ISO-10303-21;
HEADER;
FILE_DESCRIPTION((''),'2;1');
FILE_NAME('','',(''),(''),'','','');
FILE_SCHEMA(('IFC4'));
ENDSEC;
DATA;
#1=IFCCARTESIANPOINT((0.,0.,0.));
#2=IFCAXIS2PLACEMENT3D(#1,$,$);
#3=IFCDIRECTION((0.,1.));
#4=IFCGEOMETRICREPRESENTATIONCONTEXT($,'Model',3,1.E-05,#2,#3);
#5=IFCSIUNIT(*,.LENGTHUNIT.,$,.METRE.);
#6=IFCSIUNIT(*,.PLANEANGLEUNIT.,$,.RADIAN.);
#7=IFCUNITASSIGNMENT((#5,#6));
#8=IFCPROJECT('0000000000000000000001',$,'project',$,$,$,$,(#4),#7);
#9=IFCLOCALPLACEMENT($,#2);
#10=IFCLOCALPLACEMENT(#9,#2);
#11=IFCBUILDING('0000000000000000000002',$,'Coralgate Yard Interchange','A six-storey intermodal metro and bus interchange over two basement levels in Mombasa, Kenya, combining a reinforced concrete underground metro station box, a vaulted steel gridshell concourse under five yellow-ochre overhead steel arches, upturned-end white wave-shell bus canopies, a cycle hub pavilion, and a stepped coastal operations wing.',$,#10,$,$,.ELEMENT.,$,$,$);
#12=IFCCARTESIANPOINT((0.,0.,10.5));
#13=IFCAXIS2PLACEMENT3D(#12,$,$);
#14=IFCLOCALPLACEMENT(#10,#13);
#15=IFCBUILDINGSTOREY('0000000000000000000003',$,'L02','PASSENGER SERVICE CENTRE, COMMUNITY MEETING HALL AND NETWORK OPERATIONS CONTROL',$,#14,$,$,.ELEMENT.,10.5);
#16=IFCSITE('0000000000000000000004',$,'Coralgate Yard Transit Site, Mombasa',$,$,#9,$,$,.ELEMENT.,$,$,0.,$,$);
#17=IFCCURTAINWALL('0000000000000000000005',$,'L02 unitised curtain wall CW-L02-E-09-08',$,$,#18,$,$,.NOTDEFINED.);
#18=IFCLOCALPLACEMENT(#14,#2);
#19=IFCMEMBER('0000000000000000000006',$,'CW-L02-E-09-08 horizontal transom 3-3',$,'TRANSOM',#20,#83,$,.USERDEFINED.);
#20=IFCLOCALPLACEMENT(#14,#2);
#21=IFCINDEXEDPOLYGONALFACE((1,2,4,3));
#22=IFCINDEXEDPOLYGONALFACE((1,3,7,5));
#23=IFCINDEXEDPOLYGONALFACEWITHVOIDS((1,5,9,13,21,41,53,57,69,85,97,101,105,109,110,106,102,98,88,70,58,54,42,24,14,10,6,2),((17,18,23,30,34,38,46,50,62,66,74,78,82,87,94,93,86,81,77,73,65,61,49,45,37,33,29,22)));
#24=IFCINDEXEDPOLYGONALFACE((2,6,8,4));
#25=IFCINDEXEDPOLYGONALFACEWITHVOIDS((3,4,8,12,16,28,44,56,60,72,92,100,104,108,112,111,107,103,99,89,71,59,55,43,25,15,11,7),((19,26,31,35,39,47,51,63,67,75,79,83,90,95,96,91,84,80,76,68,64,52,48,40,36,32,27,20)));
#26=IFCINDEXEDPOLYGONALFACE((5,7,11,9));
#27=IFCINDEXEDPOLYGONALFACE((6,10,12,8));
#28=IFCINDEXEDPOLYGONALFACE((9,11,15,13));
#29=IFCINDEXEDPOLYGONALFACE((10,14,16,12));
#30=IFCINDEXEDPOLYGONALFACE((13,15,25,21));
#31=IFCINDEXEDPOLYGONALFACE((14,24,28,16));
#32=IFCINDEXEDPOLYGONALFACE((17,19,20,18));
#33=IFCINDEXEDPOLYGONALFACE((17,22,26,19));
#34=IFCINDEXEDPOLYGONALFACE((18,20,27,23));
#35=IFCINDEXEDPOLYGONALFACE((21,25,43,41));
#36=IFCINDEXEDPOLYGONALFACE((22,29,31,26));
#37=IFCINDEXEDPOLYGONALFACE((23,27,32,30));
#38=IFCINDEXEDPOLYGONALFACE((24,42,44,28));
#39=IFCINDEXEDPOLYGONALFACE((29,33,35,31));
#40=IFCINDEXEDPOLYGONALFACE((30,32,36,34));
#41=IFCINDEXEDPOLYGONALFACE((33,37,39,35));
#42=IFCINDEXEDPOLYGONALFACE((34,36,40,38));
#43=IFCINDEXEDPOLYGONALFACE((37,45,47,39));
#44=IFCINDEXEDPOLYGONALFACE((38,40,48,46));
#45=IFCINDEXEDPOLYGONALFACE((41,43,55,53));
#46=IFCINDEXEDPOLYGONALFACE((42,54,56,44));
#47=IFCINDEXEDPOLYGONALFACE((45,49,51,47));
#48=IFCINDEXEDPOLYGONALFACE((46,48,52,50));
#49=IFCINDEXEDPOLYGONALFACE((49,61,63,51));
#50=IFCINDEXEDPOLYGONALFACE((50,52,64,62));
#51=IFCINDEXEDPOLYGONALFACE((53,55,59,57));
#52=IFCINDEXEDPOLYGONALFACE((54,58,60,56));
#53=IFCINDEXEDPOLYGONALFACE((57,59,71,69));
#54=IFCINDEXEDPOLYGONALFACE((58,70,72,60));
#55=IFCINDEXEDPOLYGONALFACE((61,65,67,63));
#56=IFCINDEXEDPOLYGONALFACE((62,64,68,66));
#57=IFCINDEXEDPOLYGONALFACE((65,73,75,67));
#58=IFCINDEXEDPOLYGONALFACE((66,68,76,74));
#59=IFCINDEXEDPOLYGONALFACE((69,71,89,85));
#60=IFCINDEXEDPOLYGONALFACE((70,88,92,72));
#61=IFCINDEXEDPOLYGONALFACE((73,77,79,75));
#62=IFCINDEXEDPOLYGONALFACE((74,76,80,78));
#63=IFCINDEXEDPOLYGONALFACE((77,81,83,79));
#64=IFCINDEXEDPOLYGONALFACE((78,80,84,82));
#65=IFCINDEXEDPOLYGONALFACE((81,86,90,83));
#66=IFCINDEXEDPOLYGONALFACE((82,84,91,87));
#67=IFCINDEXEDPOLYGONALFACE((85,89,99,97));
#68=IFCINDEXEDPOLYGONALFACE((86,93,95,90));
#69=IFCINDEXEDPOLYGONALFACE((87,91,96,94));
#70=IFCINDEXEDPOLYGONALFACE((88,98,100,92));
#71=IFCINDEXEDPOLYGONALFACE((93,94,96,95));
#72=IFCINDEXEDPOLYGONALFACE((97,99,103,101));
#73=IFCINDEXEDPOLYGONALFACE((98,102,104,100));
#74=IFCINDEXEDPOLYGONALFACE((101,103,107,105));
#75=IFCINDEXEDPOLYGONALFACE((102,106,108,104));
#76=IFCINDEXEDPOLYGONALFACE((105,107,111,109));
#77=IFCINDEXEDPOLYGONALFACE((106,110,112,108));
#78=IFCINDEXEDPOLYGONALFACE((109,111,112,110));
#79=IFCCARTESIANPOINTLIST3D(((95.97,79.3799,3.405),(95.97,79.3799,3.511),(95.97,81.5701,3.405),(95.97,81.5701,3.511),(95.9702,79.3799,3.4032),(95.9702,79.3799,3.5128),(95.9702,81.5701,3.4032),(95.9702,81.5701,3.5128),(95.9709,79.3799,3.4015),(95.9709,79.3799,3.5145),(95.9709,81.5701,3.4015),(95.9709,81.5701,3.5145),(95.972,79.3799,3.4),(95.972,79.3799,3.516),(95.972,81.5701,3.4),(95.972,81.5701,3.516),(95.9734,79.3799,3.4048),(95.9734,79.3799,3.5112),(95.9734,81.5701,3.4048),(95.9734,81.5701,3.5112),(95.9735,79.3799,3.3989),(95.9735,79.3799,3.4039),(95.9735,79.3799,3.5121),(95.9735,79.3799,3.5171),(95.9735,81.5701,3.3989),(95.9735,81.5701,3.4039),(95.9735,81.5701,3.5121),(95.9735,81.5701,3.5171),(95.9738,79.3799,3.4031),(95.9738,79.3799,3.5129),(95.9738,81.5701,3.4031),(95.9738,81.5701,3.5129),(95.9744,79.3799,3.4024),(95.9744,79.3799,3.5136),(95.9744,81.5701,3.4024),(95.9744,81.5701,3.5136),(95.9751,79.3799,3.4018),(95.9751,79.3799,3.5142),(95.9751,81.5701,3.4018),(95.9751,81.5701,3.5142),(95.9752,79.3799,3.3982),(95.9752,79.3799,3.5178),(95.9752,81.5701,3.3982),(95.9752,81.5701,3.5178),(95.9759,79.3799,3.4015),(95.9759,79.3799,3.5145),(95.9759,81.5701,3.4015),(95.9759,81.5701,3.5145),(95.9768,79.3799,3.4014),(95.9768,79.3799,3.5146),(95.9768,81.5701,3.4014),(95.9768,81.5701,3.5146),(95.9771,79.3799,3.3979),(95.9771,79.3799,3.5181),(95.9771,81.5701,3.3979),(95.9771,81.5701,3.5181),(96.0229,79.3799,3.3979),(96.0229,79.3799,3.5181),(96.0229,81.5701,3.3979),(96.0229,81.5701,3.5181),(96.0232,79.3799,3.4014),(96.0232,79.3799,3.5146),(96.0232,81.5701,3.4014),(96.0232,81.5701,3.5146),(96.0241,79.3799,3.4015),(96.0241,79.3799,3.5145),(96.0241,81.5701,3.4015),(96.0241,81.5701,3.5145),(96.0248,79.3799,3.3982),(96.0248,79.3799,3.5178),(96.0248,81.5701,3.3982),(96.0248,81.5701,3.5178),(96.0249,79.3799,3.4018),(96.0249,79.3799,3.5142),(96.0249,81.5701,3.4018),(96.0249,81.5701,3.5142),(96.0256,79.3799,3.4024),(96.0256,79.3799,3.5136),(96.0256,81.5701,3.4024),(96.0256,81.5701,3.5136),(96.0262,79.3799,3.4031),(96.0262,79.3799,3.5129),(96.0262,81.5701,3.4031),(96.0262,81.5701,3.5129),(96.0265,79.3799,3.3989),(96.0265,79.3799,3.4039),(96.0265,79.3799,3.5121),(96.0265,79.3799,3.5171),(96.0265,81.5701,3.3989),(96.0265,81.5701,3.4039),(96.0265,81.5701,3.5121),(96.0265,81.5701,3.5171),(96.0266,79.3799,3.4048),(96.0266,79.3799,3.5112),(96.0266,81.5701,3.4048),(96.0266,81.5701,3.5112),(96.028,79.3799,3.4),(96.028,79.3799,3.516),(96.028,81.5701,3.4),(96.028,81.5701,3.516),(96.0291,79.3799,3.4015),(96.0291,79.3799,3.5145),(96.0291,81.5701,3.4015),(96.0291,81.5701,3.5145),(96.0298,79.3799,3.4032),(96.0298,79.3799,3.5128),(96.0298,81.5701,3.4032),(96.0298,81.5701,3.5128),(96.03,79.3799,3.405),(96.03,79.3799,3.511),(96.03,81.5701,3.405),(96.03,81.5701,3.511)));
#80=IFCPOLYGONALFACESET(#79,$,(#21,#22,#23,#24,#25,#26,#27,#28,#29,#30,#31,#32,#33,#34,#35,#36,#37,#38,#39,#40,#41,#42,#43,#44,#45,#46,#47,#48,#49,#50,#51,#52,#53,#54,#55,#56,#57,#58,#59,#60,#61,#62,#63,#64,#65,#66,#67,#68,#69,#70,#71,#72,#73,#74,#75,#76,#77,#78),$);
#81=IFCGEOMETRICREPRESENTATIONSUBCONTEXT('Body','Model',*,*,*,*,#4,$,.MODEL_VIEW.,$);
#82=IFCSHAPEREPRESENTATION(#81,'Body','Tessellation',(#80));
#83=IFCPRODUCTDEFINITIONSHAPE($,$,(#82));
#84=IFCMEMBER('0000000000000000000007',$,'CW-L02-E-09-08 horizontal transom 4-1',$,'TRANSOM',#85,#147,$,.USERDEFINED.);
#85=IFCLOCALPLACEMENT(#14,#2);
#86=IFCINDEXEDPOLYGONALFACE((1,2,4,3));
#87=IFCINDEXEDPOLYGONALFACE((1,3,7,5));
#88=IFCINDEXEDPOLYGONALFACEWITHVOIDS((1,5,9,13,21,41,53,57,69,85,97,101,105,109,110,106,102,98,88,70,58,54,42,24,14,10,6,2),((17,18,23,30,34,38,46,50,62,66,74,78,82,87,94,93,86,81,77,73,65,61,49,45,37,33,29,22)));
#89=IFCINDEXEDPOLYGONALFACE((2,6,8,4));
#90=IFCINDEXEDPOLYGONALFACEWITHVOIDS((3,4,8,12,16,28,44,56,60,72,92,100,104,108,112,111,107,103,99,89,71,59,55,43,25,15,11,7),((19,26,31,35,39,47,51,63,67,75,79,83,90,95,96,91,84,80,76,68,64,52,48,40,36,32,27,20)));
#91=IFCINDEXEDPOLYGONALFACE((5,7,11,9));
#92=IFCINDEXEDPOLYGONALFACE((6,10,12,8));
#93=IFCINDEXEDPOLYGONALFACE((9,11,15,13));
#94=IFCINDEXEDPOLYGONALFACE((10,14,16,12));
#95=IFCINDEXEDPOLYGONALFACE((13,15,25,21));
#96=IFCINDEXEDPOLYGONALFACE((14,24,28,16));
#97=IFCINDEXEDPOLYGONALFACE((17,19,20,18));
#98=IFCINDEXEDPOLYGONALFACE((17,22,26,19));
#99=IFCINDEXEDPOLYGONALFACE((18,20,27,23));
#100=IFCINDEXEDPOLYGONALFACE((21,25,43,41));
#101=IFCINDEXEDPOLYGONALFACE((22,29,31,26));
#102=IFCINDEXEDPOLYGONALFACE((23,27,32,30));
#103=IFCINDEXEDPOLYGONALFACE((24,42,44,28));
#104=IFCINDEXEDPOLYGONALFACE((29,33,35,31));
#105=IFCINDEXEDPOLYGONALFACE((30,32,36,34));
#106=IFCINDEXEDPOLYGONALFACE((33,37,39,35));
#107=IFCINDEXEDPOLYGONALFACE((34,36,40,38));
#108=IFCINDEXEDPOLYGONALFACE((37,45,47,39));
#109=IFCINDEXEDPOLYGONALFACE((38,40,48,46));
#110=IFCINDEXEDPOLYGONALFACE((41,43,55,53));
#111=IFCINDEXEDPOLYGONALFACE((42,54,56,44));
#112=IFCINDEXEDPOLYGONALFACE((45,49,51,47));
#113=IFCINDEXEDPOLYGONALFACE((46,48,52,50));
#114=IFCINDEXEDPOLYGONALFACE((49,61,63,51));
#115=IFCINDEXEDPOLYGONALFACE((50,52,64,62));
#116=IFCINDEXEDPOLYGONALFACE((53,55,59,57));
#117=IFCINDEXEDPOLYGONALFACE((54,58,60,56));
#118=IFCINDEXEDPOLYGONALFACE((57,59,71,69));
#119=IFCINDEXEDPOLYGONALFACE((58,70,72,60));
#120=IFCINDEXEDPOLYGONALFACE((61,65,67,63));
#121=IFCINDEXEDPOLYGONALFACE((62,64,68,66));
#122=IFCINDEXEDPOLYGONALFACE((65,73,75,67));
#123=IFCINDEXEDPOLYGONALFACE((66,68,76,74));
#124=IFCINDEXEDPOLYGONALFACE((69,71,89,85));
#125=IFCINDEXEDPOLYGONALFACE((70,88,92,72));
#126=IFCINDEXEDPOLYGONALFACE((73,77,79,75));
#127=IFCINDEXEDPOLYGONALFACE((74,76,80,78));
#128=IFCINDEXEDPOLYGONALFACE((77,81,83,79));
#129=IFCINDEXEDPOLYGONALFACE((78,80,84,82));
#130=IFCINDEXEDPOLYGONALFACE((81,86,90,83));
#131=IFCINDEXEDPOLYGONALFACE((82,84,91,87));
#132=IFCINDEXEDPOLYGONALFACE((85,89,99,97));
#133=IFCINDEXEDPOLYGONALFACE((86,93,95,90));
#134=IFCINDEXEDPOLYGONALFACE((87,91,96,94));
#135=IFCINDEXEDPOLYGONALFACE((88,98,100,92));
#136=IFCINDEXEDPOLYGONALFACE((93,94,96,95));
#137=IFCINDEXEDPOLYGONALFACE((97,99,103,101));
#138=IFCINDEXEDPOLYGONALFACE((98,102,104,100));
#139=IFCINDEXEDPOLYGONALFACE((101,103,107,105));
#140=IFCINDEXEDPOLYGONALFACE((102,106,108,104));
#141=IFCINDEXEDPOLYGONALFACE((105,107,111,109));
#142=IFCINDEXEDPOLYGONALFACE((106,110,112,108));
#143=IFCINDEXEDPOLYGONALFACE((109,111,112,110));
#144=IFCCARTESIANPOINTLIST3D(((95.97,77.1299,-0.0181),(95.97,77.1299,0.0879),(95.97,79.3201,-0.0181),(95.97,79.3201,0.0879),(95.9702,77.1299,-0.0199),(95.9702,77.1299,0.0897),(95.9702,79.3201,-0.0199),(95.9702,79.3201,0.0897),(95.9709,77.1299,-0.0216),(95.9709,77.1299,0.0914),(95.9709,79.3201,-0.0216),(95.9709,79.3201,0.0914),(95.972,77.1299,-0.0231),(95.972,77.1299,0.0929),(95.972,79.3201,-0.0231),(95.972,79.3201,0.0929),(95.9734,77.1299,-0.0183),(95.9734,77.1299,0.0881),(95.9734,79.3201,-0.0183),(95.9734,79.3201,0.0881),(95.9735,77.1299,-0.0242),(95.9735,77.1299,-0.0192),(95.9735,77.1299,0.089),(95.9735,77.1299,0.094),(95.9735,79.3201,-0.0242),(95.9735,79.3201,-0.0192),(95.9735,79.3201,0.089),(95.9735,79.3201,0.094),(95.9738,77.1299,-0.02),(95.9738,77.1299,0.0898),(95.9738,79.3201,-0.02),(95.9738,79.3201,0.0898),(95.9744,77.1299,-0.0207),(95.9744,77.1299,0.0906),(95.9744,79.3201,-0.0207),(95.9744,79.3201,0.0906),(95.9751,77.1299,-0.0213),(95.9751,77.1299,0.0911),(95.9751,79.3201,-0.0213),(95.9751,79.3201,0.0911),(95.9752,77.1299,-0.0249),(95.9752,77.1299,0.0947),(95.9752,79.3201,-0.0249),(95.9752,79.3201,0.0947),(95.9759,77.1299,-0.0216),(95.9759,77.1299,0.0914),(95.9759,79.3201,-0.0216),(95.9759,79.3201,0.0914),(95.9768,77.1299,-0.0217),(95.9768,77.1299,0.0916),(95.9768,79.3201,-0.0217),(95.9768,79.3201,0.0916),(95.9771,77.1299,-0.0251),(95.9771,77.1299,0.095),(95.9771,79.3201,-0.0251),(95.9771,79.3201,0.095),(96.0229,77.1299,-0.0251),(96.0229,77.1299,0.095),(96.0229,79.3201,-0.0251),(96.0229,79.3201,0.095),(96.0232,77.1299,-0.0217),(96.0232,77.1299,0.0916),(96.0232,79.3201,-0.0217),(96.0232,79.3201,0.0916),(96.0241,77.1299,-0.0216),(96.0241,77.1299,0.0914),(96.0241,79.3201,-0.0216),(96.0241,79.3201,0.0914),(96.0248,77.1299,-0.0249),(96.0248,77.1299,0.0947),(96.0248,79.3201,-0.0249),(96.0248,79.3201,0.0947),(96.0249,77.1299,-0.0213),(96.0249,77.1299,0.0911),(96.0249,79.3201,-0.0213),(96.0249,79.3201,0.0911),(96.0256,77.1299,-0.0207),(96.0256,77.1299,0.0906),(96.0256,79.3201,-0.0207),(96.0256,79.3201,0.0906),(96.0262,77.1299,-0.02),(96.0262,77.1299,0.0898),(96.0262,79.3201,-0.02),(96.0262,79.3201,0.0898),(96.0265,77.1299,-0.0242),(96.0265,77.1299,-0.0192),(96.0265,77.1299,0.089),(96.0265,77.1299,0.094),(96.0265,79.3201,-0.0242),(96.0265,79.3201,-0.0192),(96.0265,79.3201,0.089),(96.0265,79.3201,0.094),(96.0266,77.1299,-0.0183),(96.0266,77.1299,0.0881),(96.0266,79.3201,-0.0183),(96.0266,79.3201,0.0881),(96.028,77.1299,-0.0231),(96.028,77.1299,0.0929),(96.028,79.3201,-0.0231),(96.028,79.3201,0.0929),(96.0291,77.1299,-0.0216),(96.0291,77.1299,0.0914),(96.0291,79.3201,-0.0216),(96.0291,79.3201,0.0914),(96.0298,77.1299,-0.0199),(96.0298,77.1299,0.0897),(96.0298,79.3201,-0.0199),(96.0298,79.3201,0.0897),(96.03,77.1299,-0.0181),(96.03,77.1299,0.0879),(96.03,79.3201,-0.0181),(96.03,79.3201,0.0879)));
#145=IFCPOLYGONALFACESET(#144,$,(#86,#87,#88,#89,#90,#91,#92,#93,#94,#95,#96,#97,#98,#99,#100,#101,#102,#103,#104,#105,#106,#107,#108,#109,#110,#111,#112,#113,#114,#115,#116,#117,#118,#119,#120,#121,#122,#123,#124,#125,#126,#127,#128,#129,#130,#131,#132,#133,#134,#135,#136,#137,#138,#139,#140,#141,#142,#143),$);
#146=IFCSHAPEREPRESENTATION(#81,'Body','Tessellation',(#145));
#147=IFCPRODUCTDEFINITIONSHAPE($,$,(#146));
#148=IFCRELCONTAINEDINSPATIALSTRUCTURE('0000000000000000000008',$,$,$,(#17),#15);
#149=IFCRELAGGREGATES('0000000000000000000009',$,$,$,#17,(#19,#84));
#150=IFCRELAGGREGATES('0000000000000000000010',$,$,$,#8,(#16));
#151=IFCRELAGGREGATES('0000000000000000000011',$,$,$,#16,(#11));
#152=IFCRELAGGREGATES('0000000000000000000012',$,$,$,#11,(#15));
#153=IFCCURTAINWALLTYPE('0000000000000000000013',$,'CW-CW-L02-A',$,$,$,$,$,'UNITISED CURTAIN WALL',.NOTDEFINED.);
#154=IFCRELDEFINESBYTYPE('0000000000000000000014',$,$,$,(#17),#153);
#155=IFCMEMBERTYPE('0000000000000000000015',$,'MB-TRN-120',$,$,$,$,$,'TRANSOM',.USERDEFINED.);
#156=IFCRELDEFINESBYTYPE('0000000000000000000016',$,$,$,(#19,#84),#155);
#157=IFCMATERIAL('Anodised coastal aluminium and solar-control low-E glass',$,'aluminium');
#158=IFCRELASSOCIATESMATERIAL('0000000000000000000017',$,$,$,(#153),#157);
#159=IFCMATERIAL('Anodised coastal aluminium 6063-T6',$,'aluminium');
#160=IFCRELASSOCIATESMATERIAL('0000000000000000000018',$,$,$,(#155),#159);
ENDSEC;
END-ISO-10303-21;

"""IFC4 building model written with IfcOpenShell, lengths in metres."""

from ifc_helpers import new_model, si_unit, direction, frame, origin, origin_2d, place, context, subcontext, project, spatial, hollow_rectangle, extrude, material, material_profile, profile_set, type_object, element, aggregate, save


model = new_model("IFC4")

# Units and contexts
model_context = context("Model", 3, precision=1e-05, world=origin(), true_north=direction((0.0, 1.0)))
body_context = subcontext(model_context, "Body", "Model", "MODEL_VIEW")
ifc_project = project(units=[si_unit("LENGTHUNIT", "METRE"), si_unit("PLANEANGLEUNIT", "RADIAN")], contexts=[model_context])

# Site, building, storey
site_placement = place(None, origin())
site = spatial("IfcSite", under=ifc_project, at=site_placement, Name="Coralgate Yard Transit Site, Mombasa", CompositionType="ELEMENT", RefElevation=0.0)
building_placement = place(site_placement, origin())
building = spatial("IfcBuilding", under=site, at=building_placement, Name="Coralgate Yard Interchange", Description="A six-storey intermodal metro and bus interchange over two basement levels in Mombasa, Kenya, combining a reinforced concrete underground metro station box, a vaulted steel gridshell concourse under five yellow-ochre overhead steel arches, upturned-end white wave-shell bus canopies, a cycle hub pavilion, and a stepped coastal operations wing.", CompositionType="ELEMENT")
storey_placement = place(building_placement, frame((0.0, 0.0, 10.5)))
storey = spatial("IfcBuildingStorey", under=building, at=storey_placement, Name="L02", Description="PASSENGER SERVICE CENTRE, COMMUNITY MEETING HALL AND NETWORK OPERATIONS CONTROL", CompositionType="ELEMENT", Elevation=10.5)

# Shared definitions
ifc_material_1 = material(Name="Anodised coastal aluminium and solar-control low-E glass", Category="aluminium")
curtain_wall_type = type_object("IfcCurtainWallType", Name="CW-CW-L02-A", ElementType="UNITISED CURTAIN WALL", PredefinedType="NOTDEFINED", material=ifc_material_1)
ifc_material_2 = material(Name="Anodised coastal aluminium 6063-T6", Category="aluminium")

# Curtain wall
curtain_wall_1_placement = place(storey_placement, origin())
curtain_wall_1 = element("IfcCurtainWall", 1, at=curtain_wall_1_placement, inside=storey, type_object=curtain_wall_type, Name="L02 unitised curtain wall CW-L02-E-09-08", PredefinedType="NOTDEFINED")

# Members
ifc_material_profile_1 = material_profile(ifc_material_2, hollow_rectangle(XDim=0.0601, YDim=0.1201, WallThickness=0.0034, InnerFilletRadius=0.0034, OuterFilletRadius=0.0071, at=origin_2d()), Name="ALU 60x120x3.5")
ifc_profile_set_1 = profile_set([ifc_material_profile_1], Name="Anodised coastal aluminium 6063-T6")
member_type_1 = type_object("IfcMemberType", Name="MB-TRN-120", ElementType="TRANSOM", PredefinedType="USERDEFINED", material=ifc_profile_set_1)
member_1_placement = place(storey_placement, frame((96.0, 81.5701, 3.458), z_axis=(0.0, -1.0, 0.0), x_axis=(1.0, 0.0, 0.0)))
member_1 = element("IfcMember", 2, at=member_1_placement, type_object=member_type_1, Name="CW-L02-E-09-08 horizontal transom 3-3", ObjectType="TRANSOM", PredefinedType="USERDEFINED", context=body_context, shape_type="SweptSolid", body=[
    extrude(hollow_rectangle(XDim=0.0601, YDim=0.1201, WallThickness=0.0034, InnerFilletRadius=0.0034, OuterFilletRadius=0.0071, at=origin_2d()), origin(), (0.0, 0.0, 1.0), 2.1902),
])
member_2_placement = place(storey_placement, frame((96.0, 79.3201, 0.0349), z_axis=(0.0, -1.0, 0.0), x_axis=(1.0, 0.0, 0.0)))
member_2 = element("IfcMember", 3, at=member_2_placement, type_object=member_type_1, Name="CW-L02-E-09-08 horizontal transom 4-1", ObjectType="TRANSOM", PredefinedType="USERDEFINED", context=body_context, shape_type="SweptSolid", body=[
    extrude(hollow_rectangle(XDim=0.0601, YDim=0.1201, WallThickness=0.0034, InnerFilletRadius=0.0034, OuterFilletRadius=0.0071, at=origin_2d()), origin(), (0.0, 0.0, 1.0), 2.1902),
])

aggregate(curtain_wall_1, [member_1, member_2])

save(model, "model.ifc")
